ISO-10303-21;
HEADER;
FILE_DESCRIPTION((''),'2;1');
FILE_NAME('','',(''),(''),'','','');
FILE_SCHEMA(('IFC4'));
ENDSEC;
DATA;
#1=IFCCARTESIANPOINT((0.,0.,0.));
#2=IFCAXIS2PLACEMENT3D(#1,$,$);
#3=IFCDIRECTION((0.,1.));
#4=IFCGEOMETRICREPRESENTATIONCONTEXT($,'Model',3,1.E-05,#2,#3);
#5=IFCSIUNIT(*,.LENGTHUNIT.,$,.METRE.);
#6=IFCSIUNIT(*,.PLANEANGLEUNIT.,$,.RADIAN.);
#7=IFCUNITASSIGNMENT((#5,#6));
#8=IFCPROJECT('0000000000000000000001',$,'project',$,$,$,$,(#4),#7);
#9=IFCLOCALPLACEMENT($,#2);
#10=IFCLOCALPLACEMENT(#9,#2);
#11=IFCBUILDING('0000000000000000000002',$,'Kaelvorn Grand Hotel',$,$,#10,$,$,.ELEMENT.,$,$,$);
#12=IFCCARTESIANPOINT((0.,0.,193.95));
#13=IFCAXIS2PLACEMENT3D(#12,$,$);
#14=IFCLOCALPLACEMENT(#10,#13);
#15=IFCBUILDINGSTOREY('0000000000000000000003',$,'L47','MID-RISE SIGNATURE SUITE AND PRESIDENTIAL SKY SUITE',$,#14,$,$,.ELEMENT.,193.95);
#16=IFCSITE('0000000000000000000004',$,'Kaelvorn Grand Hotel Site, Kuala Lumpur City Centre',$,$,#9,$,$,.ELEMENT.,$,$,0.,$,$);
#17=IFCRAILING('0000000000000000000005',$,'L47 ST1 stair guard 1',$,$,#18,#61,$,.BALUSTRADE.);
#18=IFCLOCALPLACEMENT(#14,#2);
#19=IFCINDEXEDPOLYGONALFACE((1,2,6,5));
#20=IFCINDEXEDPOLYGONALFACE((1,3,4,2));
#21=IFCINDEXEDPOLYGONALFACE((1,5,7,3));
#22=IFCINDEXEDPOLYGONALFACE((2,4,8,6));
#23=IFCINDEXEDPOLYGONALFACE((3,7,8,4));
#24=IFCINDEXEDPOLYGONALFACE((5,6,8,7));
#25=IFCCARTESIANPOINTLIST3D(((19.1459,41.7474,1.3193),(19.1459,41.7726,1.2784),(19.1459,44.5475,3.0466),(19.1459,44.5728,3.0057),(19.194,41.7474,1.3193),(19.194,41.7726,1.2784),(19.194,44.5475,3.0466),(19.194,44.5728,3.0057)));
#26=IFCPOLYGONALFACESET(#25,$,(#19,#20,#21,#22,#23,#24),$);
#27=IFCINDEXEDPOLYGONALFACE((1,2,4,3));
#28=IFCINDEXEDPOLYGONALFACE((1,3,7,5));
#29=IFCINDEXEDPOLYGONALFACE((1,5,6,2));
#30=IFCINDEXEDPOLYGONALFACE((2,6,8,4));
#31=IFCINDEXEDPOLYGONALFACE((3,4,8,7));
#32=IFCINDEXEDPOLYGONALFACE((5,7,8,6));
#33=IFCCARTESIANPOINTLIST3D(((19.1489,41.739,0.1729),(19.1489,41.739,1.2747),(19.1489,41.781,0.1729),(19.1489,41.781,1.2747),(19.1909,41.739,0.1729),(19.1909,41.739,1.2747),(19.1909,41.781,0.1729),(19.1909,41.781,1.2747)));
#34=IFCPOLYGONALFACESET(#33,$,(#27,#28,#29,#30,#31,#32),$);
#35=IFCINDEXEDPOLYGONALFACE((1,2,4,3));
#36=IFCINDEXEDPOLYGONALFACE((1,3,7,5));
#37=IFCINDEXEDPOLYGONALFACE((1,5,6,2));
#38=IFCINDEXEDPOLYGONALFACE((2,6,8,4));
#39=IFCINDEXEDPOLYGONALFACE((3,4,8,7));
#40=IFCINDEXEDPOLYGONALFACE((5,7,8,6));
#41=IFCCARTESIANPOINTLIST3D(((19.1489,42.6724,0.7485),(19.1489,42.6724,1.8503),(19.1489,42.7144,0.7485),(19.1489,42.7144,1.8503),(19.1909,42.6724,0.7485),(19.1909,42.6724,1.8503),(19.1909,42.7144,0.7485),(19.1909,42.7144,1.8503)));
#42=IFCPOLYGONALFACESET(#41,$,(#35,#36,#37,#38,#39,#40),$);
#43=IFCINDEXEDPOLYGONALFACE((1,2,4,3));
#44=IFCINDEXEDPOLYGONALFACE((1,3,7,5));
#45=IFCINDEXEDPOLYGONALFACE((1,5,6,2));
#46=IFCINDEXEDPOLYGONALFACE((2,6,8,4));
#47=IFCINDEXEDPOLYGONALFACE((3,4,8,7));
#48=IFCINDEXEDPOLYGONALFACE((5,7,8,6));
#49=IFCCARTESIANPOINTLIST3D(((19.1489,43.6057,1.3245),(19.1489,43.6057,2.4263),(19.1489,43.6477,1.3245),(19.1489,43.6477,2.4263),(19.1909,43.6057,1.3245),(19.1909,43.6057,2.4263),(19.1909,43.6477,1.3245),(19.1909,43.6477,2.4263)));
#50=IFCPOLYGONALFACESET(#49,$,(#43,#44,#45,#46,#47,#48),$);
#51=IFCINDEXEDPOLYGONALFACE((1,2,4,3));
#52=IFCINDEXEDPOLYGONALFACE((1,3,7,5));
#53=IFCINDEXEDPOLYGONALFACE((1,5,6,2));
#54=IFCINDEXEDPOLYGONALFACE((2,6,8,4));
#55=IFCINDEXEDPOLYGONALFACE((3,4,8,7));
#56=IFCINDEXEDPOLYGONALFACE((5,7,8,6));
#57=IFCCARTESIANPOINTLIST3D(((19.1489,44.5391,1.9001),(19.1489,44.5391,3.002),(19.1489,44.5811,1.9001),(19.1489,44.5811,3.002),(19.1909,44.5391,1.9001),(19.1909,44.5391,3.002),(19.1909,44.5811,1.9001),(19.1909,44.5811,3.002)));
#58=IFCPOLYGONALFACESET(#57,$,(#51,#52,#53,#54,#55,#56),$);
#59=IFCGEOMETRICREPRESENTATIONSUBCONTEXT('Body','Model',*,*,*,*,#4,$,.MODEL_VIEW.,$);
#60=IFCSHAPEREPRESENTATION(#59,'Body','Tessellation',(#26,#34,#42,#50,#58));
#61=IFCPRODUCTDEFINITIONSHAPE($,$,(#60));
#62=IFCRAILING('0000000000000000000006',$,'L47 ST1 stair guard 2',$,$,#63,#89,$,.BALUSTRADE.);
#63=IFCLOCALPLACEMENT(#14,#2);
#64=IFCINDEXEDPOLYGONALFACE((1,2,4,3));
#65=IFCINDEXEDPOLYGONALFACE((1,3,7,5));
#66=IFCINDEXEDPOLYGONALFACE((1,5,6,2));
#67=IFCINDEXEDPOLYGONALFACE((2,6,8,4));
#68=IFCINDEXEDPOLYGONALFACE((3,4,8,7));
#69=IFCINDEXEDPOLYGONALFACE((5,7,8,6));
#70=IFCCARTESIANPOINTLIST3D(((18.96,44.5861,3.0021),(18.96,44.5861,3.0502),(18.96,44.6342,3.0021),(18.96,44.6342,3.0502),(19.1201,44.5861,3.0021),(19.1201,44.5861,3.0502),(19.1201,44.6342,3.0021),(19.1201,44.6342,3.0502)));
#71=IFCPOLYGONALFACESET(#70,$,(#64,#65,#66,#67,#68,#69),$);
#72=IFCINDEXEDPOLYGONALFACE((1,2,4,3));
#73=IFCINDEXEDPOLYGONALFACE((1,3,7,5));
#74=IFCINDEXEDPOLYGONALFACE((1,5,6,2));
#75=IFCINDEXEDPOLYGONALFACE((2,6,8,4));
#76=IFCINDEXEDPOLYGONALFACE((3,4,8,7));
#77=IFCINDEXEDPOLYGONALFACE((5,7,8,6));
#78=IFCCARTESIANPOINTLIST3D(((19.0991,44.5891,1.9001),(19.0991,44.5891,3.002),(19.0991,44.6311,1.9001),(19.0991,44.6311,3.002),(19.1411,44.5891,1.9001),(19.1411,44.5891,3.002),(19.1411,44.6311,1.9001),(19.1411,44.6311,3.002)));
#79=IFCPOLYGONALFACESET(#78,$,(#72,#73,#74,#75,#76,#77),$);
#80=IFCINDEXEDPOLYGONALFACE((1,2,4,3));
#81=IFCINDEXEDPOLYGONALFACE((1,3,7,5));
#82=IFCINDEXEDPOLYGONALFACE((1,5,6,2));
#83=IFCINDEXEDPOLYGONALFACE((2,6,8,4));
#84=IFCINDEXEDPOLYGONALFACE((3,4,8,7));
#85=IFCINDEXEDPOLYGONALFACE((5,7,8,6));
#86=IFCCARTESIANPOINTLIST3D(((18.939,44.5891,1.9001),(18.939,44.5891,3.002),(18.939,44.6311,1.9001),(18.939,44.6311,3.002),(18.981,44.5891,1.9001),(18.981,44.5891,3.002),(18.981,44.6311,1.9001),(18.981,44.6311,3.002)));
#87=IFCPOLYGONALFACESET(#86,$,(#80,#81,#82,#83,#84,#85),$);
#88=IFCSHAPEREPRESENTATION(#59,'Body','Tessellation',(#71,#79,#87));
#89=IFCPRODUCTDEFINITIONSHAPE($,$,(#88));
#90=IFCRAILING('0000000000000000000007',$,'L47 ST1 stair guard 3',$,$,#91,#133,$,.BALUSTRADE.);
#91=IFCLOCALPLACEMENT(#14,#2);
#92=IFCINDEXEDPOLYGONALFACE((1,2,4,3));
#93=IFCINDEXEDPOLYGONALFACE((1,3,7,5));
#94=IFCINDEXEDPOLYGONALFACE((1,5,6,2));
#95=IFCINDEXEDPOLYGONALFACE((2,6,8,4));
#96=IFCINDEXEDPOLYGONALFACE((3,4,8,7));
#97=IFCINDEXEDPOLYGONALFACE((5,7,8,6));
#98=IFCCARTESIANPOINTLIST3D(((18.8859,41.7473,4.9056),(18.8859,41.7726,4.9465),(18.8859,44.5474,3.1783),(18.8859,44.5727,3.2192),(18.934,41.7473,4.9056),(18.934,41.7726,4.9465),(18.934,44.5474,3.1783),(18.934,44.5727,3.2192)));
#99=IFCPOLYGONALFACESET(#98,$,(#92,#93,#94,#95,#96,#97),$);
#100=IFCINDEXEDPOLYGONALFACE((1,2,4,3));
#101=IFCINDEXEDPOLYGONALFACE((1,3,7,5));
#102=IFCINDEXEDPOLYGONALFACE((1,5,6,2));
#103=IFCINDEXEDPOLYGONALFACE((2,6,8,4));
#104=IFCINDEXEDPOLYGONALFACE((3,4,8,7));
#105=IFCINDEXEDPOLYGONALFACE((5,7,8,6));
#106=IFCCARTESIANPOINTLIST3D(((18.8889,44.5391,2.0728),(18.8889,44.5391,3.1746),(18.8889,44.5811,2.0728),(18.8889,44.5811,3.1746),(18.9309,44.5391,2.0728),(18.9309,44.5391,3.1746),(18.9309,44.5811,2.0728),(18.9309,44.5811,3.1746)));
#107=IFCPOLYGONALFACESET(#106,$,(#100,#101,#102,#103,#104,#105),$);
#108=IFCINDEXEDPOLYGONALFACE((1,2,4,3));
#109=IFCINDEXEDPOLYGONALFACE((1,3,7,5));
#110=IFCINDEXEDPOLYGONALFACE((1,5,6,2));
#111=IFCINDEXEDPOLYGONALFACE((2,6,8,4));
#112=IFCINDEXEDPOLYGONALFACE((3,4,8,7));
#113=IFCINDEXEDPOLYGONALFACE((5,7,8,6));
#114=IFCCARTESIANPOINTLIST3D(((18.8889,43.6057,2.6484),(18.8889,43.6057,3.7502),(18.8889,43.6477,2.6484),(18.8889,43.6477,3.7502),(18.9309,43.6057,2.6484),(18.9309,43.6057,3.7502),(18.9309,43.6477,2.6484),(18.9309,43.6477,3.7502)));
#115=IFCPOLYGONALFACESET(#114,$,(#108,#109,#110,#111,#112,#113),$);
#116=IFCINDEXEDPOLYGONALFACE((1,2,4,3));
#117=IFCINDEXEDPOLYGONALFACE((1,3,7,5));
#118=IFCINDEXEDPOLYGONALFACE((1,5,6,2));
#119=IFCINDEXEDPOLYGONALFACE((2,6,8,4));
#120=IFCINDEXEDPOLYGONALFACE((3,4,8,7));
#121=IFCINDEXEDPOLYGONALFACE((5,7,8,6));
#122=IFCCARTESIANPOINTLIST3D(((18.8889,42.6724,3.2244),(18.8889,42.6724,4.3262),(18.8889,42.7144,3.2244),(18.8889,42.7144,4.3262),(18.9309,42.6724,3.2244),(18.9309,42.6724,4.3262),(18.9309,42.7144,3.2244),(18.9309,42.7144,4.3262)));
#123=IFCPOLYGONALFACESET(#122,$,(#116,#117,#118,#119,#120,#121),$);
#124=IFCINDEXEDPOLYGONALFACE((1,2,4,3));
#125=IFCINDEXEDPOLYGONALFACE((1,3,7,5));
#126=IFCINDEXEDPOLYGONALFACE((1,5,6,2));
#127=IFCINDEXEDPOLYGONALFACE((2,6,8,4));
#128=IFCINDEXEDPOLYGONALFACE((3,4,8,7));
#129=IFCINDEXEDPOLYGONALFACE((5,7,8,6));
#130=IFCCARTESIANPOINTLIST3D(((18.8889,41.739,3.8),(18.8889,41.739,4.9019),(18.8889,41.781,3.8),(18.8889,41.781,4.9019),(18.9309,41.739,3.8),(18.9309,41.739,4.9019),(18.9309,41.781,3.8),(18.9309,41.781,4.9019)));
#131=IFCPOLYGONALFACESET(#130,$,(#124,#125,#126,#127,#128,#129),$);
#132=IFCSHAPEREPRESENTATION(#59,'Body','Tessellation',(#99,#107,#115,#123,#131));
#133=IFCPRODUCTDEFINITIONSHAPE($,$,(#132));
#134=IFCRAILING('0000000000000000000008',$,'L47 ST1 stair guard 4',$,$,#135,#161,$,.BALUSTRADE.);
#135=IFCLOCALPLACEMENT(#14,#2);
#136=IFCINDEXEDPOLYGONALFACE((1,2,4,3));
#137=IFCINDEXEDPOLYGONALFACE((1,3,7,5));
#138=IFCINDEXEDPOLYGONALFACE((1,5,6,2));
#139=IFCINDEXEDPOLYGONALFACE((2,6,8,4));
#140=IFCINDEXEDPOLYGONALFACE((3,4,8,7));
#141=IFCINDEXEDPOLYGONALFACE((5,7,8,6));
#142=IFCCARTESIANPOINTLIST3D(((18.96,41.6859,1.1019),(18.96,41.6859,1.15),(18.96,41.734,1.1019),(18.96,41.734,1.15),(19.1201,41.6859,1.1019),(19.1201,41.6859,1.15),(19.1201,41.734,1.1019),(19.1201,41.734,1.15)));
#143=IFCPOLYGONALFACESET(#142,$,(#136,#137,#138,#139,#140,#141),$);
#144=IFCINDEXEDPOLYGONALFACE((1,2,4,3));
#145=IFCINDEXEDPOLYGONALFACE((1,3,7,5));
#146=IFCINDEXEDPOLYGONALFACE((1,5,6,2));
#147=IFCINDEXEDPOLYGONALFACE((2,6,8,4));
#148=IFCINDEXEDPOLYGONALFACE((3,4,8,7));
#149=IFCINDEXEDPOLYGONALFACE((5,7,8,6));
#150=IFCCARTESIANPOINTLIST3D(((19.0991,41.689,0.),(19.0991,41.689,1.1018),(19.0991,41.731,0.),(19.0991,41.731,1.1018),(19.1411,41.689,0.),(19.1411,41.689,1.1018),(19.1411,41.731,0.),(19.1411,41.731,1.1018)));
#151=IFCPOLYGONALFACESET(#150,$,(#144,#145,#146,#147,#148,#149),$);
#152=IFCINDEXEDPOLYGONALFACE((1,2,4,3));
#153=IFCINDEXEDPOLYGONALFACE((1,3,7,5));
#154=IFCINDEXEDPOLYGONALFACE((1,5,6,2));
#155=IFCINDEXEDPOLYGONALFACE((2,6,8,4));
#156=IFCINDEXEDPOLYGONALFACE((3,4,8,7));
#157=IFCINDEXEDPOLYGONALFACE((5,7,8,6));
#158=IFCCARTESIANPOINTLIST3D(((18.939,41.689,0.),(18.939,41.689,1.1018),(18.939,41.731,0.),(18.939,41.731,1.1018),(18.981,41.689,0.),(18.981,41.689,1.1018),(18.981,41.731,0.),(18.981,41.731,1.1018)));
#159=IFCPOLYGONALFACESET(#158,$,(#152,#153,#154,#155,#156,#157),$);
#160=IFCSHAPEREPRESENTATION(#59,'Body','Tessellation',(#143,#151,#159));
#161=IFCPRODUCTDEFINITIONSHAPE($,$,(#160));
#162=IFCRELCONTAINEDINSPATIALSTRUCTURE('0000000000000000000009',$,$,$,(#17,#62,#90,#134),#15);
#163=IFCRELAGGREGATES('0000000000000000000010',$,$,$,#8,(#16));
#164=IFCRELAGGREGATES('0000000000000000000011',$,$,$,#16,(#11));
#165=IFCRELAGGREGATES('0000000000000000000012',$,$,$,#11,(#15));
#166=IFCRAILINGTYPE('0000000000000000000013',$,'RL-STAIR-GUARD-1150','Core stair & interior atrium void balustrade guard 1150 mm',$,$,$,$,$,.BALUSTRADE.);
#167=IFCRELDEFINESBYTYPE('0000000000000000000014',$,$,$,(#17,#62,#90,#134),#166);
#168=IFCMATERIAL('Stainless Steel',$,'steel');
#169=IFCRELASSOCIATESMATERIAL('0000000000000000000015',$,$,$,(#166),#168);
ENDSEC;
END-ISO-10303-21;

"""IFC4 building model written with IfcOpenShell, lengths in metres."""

from ifc_helpers import new_model, si_unit, direction, frame, origin, origin_2d, place, context, subcontext, project, spatial, rectangle, extrude, material, type_object, element, save


model = new_model("IFC4")

# Units and contexts
model_context = context("Model", 3, precision=1e-05, world=origin(), true_north=direction((0.0, 1.0)))
body_context = subcontext(model_context, "Body", "Model", "MODEL_VIEW")
ifc_project = project(units=[si_unit("LENGTHUNIT", "METRE"), si_unit("PLANEANGLEUNIT", "RADIAN")], contexts=[model_context])

# Site, building, storey
site_placement = place(None, origin())
site = spatial("IfcSite", under=ifc_project, at=site_placement, Name="Kaelvorn Grand Hotel Site, Kuala Lumpur City Centre", CompositionType="ELEMENT", RefElevation=0.0)
building_placement = place(site_placement, origin())
building = spatial("IfcBuilding", under=site, at=building_placement, Name="Kaelvorn Grand Hotel", CompositionType="ELEMENT")
storey_placement = place(building_placement, frame((0.0, 0.0, 193.95)))
storey = spatial("IfcBuildingStorey", under=building, at=storey_placement, Name="L47", Description="MID-RISE SIGNATURE SUITE AND PRESIDENTIAL SKY SUITE", CompositionType="ELEMENT", Elevation=193.95)

# Railings
ifc_material_1 = material(Name="Stainless Steel", Category="steel")
railing_type_1 = type_object("IfcRailingType", Name="RL-STAIR-GUARD-1150", Description="Core stair & interior atrium void balustrade guard 1150 mm", PredefinedType="BALUSTRADE", material=ifc_material_1)
railing_1_placement = place(storey_placement, frame((19.1699, 41.76, 0.1729)))
element("IfcRailing", 1, at=railing_1_placement, inside=storey, type_object=railing_type_1, Name="L47 ST1 stair guard 1", PredefinedType="BALUSTRADE", context=body_context, shape_type="SweptSolid", body=[
    extrude(rectangle(XDim=0.0481, YDim=0.0481, at=origin_2d()), frame((0.0, 0.0, 1.126), z_axis=(0.0, 0.85109, 0.52502), x_axis=(-1.0, 0.0, 0.0)), (0.0, 0.0, 1.0), 3.29),
    extrude(rectangle(XDim=0.042, YDim=0.042, at=origin_2d()), origin(), (0.0, 0.0, 1.0), 1.1018),
    extrude(rectangle(XDim=0.042, YDim=0.042, at=origin_2d()), frame((0.0, 0.9333, 0.5757)), (0.0, 0.0, 1.0), 1.1018),
    extrude(rectangle(XDim=0.042, YDim=0.042, at=origin_2d()), frame((0.0, 1.8667, 1.1516)), (0.0, 0.0, 1.0), 1.1018),
    extrude(rectangle(XDim=0.042, YDim=0.042, at=origin_2d()), frame((0.0, 2.8, 1.7273)), (0.0, 0.0, 1.0), 1.1018),
])
railing_2_placement = place(storey_placement, frame((19.1201, 44.6101, 1.9001)))
element("IfcRailing", 2, at=railing_2_placement, inside=storey, type_object=railing_type_1, Name="L47 ST1 stair guard 2", PredefinedType="BALUSTRADE", context=body_context, shape_type="SweptSolid", body=[
    extrude(rectangle(XDim=0.0481, YDim=0.0481, at=origin_2d()), frame((0.0, 0.0, 1.126), z_axis=(-1.0, 0.0, 0.0), x_axis=(0.0, -1.0, 0.0)), (0.0, 0.0, 1.0), 0.1602),
    extrude(rectangle(XDim=0.042, YDim=0.042, at=origin_2d()), origin(), (0.0, 0.0, 1.0), 1.1018),
    extrude(rectangle(XDim=0.042, YDim=0.042, at=origin_2d()), frame((-0.1602, 0.0, 0.0)), (0.0, 0.0, 1.0), 1.1018),
])
railing_3_placement = place(storey_placement, frame((18.9099, 44.5601, 2.0728)))
element("IfcRailing", 3, at=railing_3_placement, inside=storey, type_object=railing_type_1, Name="L47 ST1 stair guard 3", PredefinedType="BALUSTRADE", context=body_context, shape_type="SweptSolid", body=[
    extrude(rectangle(XDim=0.0481, YDim=0.0481, at=origin_2d()), frame((0.0, 0.0, 1.126), z_axis=(0.0, -0.85109, 0.52502), x_axis=(1.0, 0.0, 0.0)), (0.0, 0.0, 1.0), 3.29),
    extrude(rectangle(XDim=0.042, YDim=0.042, at=origin_2d()), origin(), (0.0, 0.0, 1.0), 1.1018),
    extrude(rectangle(XDim=0.042, YDim=0.042, at=origin_2d()), frame((0.0, -0.9333, 0.5757)), (0.0, 0.0, 1.0), 1.1018),
    extrude(rectangle(XDim=0.042, YDim=0.042, at=origin_2d()), frame((0.0, -1.8667, 1.1516)), (0.0, 0.0, 1.0), 1.1018),
    extrude(rectangle(XDim=0.042, YDim=0.042, at=origin_2d()), frame((0.0, -2.8, 1.7273)), (0.0, 0.0, 1.0), 1.1018),
])
railing_4_placement = place(storey_placement, frame((19.1201, 41.71, 0.0)))
element("IfcRailing", 4, at=railing_4_placement, inside=storey, type_object=railing_type_1, Name="L47 ST1 stair guard 4", PredefinedType="BALUSTRADE", context=body_context, shape_type="SweptSolid", body=[
    extrude(rectangle(XDim=0.0481, YDim=0.0481, at=origin_2d()), frame((0.0, 0.0, 1.126), z_axis=(-1.0, 0.0, 0.0), x_axis=(0.0, -1.0, 0.0)), (0.0, 0.0, 1.0), 0.1602),
    extrude(rectangle(XDim=0.042, YDim=0.042, at=origin_2d()), origin(), (0.0, 0.0, 1.0), 1.1018),
    extrude(rectangle(XDim=0.042, YDim=0.042, at=origin_2d()), frame((-0.1602, 0.0, 0.0)), (0.0, 0.0, 1.0), 1.1018),
])

save(model, "model.ifc")
